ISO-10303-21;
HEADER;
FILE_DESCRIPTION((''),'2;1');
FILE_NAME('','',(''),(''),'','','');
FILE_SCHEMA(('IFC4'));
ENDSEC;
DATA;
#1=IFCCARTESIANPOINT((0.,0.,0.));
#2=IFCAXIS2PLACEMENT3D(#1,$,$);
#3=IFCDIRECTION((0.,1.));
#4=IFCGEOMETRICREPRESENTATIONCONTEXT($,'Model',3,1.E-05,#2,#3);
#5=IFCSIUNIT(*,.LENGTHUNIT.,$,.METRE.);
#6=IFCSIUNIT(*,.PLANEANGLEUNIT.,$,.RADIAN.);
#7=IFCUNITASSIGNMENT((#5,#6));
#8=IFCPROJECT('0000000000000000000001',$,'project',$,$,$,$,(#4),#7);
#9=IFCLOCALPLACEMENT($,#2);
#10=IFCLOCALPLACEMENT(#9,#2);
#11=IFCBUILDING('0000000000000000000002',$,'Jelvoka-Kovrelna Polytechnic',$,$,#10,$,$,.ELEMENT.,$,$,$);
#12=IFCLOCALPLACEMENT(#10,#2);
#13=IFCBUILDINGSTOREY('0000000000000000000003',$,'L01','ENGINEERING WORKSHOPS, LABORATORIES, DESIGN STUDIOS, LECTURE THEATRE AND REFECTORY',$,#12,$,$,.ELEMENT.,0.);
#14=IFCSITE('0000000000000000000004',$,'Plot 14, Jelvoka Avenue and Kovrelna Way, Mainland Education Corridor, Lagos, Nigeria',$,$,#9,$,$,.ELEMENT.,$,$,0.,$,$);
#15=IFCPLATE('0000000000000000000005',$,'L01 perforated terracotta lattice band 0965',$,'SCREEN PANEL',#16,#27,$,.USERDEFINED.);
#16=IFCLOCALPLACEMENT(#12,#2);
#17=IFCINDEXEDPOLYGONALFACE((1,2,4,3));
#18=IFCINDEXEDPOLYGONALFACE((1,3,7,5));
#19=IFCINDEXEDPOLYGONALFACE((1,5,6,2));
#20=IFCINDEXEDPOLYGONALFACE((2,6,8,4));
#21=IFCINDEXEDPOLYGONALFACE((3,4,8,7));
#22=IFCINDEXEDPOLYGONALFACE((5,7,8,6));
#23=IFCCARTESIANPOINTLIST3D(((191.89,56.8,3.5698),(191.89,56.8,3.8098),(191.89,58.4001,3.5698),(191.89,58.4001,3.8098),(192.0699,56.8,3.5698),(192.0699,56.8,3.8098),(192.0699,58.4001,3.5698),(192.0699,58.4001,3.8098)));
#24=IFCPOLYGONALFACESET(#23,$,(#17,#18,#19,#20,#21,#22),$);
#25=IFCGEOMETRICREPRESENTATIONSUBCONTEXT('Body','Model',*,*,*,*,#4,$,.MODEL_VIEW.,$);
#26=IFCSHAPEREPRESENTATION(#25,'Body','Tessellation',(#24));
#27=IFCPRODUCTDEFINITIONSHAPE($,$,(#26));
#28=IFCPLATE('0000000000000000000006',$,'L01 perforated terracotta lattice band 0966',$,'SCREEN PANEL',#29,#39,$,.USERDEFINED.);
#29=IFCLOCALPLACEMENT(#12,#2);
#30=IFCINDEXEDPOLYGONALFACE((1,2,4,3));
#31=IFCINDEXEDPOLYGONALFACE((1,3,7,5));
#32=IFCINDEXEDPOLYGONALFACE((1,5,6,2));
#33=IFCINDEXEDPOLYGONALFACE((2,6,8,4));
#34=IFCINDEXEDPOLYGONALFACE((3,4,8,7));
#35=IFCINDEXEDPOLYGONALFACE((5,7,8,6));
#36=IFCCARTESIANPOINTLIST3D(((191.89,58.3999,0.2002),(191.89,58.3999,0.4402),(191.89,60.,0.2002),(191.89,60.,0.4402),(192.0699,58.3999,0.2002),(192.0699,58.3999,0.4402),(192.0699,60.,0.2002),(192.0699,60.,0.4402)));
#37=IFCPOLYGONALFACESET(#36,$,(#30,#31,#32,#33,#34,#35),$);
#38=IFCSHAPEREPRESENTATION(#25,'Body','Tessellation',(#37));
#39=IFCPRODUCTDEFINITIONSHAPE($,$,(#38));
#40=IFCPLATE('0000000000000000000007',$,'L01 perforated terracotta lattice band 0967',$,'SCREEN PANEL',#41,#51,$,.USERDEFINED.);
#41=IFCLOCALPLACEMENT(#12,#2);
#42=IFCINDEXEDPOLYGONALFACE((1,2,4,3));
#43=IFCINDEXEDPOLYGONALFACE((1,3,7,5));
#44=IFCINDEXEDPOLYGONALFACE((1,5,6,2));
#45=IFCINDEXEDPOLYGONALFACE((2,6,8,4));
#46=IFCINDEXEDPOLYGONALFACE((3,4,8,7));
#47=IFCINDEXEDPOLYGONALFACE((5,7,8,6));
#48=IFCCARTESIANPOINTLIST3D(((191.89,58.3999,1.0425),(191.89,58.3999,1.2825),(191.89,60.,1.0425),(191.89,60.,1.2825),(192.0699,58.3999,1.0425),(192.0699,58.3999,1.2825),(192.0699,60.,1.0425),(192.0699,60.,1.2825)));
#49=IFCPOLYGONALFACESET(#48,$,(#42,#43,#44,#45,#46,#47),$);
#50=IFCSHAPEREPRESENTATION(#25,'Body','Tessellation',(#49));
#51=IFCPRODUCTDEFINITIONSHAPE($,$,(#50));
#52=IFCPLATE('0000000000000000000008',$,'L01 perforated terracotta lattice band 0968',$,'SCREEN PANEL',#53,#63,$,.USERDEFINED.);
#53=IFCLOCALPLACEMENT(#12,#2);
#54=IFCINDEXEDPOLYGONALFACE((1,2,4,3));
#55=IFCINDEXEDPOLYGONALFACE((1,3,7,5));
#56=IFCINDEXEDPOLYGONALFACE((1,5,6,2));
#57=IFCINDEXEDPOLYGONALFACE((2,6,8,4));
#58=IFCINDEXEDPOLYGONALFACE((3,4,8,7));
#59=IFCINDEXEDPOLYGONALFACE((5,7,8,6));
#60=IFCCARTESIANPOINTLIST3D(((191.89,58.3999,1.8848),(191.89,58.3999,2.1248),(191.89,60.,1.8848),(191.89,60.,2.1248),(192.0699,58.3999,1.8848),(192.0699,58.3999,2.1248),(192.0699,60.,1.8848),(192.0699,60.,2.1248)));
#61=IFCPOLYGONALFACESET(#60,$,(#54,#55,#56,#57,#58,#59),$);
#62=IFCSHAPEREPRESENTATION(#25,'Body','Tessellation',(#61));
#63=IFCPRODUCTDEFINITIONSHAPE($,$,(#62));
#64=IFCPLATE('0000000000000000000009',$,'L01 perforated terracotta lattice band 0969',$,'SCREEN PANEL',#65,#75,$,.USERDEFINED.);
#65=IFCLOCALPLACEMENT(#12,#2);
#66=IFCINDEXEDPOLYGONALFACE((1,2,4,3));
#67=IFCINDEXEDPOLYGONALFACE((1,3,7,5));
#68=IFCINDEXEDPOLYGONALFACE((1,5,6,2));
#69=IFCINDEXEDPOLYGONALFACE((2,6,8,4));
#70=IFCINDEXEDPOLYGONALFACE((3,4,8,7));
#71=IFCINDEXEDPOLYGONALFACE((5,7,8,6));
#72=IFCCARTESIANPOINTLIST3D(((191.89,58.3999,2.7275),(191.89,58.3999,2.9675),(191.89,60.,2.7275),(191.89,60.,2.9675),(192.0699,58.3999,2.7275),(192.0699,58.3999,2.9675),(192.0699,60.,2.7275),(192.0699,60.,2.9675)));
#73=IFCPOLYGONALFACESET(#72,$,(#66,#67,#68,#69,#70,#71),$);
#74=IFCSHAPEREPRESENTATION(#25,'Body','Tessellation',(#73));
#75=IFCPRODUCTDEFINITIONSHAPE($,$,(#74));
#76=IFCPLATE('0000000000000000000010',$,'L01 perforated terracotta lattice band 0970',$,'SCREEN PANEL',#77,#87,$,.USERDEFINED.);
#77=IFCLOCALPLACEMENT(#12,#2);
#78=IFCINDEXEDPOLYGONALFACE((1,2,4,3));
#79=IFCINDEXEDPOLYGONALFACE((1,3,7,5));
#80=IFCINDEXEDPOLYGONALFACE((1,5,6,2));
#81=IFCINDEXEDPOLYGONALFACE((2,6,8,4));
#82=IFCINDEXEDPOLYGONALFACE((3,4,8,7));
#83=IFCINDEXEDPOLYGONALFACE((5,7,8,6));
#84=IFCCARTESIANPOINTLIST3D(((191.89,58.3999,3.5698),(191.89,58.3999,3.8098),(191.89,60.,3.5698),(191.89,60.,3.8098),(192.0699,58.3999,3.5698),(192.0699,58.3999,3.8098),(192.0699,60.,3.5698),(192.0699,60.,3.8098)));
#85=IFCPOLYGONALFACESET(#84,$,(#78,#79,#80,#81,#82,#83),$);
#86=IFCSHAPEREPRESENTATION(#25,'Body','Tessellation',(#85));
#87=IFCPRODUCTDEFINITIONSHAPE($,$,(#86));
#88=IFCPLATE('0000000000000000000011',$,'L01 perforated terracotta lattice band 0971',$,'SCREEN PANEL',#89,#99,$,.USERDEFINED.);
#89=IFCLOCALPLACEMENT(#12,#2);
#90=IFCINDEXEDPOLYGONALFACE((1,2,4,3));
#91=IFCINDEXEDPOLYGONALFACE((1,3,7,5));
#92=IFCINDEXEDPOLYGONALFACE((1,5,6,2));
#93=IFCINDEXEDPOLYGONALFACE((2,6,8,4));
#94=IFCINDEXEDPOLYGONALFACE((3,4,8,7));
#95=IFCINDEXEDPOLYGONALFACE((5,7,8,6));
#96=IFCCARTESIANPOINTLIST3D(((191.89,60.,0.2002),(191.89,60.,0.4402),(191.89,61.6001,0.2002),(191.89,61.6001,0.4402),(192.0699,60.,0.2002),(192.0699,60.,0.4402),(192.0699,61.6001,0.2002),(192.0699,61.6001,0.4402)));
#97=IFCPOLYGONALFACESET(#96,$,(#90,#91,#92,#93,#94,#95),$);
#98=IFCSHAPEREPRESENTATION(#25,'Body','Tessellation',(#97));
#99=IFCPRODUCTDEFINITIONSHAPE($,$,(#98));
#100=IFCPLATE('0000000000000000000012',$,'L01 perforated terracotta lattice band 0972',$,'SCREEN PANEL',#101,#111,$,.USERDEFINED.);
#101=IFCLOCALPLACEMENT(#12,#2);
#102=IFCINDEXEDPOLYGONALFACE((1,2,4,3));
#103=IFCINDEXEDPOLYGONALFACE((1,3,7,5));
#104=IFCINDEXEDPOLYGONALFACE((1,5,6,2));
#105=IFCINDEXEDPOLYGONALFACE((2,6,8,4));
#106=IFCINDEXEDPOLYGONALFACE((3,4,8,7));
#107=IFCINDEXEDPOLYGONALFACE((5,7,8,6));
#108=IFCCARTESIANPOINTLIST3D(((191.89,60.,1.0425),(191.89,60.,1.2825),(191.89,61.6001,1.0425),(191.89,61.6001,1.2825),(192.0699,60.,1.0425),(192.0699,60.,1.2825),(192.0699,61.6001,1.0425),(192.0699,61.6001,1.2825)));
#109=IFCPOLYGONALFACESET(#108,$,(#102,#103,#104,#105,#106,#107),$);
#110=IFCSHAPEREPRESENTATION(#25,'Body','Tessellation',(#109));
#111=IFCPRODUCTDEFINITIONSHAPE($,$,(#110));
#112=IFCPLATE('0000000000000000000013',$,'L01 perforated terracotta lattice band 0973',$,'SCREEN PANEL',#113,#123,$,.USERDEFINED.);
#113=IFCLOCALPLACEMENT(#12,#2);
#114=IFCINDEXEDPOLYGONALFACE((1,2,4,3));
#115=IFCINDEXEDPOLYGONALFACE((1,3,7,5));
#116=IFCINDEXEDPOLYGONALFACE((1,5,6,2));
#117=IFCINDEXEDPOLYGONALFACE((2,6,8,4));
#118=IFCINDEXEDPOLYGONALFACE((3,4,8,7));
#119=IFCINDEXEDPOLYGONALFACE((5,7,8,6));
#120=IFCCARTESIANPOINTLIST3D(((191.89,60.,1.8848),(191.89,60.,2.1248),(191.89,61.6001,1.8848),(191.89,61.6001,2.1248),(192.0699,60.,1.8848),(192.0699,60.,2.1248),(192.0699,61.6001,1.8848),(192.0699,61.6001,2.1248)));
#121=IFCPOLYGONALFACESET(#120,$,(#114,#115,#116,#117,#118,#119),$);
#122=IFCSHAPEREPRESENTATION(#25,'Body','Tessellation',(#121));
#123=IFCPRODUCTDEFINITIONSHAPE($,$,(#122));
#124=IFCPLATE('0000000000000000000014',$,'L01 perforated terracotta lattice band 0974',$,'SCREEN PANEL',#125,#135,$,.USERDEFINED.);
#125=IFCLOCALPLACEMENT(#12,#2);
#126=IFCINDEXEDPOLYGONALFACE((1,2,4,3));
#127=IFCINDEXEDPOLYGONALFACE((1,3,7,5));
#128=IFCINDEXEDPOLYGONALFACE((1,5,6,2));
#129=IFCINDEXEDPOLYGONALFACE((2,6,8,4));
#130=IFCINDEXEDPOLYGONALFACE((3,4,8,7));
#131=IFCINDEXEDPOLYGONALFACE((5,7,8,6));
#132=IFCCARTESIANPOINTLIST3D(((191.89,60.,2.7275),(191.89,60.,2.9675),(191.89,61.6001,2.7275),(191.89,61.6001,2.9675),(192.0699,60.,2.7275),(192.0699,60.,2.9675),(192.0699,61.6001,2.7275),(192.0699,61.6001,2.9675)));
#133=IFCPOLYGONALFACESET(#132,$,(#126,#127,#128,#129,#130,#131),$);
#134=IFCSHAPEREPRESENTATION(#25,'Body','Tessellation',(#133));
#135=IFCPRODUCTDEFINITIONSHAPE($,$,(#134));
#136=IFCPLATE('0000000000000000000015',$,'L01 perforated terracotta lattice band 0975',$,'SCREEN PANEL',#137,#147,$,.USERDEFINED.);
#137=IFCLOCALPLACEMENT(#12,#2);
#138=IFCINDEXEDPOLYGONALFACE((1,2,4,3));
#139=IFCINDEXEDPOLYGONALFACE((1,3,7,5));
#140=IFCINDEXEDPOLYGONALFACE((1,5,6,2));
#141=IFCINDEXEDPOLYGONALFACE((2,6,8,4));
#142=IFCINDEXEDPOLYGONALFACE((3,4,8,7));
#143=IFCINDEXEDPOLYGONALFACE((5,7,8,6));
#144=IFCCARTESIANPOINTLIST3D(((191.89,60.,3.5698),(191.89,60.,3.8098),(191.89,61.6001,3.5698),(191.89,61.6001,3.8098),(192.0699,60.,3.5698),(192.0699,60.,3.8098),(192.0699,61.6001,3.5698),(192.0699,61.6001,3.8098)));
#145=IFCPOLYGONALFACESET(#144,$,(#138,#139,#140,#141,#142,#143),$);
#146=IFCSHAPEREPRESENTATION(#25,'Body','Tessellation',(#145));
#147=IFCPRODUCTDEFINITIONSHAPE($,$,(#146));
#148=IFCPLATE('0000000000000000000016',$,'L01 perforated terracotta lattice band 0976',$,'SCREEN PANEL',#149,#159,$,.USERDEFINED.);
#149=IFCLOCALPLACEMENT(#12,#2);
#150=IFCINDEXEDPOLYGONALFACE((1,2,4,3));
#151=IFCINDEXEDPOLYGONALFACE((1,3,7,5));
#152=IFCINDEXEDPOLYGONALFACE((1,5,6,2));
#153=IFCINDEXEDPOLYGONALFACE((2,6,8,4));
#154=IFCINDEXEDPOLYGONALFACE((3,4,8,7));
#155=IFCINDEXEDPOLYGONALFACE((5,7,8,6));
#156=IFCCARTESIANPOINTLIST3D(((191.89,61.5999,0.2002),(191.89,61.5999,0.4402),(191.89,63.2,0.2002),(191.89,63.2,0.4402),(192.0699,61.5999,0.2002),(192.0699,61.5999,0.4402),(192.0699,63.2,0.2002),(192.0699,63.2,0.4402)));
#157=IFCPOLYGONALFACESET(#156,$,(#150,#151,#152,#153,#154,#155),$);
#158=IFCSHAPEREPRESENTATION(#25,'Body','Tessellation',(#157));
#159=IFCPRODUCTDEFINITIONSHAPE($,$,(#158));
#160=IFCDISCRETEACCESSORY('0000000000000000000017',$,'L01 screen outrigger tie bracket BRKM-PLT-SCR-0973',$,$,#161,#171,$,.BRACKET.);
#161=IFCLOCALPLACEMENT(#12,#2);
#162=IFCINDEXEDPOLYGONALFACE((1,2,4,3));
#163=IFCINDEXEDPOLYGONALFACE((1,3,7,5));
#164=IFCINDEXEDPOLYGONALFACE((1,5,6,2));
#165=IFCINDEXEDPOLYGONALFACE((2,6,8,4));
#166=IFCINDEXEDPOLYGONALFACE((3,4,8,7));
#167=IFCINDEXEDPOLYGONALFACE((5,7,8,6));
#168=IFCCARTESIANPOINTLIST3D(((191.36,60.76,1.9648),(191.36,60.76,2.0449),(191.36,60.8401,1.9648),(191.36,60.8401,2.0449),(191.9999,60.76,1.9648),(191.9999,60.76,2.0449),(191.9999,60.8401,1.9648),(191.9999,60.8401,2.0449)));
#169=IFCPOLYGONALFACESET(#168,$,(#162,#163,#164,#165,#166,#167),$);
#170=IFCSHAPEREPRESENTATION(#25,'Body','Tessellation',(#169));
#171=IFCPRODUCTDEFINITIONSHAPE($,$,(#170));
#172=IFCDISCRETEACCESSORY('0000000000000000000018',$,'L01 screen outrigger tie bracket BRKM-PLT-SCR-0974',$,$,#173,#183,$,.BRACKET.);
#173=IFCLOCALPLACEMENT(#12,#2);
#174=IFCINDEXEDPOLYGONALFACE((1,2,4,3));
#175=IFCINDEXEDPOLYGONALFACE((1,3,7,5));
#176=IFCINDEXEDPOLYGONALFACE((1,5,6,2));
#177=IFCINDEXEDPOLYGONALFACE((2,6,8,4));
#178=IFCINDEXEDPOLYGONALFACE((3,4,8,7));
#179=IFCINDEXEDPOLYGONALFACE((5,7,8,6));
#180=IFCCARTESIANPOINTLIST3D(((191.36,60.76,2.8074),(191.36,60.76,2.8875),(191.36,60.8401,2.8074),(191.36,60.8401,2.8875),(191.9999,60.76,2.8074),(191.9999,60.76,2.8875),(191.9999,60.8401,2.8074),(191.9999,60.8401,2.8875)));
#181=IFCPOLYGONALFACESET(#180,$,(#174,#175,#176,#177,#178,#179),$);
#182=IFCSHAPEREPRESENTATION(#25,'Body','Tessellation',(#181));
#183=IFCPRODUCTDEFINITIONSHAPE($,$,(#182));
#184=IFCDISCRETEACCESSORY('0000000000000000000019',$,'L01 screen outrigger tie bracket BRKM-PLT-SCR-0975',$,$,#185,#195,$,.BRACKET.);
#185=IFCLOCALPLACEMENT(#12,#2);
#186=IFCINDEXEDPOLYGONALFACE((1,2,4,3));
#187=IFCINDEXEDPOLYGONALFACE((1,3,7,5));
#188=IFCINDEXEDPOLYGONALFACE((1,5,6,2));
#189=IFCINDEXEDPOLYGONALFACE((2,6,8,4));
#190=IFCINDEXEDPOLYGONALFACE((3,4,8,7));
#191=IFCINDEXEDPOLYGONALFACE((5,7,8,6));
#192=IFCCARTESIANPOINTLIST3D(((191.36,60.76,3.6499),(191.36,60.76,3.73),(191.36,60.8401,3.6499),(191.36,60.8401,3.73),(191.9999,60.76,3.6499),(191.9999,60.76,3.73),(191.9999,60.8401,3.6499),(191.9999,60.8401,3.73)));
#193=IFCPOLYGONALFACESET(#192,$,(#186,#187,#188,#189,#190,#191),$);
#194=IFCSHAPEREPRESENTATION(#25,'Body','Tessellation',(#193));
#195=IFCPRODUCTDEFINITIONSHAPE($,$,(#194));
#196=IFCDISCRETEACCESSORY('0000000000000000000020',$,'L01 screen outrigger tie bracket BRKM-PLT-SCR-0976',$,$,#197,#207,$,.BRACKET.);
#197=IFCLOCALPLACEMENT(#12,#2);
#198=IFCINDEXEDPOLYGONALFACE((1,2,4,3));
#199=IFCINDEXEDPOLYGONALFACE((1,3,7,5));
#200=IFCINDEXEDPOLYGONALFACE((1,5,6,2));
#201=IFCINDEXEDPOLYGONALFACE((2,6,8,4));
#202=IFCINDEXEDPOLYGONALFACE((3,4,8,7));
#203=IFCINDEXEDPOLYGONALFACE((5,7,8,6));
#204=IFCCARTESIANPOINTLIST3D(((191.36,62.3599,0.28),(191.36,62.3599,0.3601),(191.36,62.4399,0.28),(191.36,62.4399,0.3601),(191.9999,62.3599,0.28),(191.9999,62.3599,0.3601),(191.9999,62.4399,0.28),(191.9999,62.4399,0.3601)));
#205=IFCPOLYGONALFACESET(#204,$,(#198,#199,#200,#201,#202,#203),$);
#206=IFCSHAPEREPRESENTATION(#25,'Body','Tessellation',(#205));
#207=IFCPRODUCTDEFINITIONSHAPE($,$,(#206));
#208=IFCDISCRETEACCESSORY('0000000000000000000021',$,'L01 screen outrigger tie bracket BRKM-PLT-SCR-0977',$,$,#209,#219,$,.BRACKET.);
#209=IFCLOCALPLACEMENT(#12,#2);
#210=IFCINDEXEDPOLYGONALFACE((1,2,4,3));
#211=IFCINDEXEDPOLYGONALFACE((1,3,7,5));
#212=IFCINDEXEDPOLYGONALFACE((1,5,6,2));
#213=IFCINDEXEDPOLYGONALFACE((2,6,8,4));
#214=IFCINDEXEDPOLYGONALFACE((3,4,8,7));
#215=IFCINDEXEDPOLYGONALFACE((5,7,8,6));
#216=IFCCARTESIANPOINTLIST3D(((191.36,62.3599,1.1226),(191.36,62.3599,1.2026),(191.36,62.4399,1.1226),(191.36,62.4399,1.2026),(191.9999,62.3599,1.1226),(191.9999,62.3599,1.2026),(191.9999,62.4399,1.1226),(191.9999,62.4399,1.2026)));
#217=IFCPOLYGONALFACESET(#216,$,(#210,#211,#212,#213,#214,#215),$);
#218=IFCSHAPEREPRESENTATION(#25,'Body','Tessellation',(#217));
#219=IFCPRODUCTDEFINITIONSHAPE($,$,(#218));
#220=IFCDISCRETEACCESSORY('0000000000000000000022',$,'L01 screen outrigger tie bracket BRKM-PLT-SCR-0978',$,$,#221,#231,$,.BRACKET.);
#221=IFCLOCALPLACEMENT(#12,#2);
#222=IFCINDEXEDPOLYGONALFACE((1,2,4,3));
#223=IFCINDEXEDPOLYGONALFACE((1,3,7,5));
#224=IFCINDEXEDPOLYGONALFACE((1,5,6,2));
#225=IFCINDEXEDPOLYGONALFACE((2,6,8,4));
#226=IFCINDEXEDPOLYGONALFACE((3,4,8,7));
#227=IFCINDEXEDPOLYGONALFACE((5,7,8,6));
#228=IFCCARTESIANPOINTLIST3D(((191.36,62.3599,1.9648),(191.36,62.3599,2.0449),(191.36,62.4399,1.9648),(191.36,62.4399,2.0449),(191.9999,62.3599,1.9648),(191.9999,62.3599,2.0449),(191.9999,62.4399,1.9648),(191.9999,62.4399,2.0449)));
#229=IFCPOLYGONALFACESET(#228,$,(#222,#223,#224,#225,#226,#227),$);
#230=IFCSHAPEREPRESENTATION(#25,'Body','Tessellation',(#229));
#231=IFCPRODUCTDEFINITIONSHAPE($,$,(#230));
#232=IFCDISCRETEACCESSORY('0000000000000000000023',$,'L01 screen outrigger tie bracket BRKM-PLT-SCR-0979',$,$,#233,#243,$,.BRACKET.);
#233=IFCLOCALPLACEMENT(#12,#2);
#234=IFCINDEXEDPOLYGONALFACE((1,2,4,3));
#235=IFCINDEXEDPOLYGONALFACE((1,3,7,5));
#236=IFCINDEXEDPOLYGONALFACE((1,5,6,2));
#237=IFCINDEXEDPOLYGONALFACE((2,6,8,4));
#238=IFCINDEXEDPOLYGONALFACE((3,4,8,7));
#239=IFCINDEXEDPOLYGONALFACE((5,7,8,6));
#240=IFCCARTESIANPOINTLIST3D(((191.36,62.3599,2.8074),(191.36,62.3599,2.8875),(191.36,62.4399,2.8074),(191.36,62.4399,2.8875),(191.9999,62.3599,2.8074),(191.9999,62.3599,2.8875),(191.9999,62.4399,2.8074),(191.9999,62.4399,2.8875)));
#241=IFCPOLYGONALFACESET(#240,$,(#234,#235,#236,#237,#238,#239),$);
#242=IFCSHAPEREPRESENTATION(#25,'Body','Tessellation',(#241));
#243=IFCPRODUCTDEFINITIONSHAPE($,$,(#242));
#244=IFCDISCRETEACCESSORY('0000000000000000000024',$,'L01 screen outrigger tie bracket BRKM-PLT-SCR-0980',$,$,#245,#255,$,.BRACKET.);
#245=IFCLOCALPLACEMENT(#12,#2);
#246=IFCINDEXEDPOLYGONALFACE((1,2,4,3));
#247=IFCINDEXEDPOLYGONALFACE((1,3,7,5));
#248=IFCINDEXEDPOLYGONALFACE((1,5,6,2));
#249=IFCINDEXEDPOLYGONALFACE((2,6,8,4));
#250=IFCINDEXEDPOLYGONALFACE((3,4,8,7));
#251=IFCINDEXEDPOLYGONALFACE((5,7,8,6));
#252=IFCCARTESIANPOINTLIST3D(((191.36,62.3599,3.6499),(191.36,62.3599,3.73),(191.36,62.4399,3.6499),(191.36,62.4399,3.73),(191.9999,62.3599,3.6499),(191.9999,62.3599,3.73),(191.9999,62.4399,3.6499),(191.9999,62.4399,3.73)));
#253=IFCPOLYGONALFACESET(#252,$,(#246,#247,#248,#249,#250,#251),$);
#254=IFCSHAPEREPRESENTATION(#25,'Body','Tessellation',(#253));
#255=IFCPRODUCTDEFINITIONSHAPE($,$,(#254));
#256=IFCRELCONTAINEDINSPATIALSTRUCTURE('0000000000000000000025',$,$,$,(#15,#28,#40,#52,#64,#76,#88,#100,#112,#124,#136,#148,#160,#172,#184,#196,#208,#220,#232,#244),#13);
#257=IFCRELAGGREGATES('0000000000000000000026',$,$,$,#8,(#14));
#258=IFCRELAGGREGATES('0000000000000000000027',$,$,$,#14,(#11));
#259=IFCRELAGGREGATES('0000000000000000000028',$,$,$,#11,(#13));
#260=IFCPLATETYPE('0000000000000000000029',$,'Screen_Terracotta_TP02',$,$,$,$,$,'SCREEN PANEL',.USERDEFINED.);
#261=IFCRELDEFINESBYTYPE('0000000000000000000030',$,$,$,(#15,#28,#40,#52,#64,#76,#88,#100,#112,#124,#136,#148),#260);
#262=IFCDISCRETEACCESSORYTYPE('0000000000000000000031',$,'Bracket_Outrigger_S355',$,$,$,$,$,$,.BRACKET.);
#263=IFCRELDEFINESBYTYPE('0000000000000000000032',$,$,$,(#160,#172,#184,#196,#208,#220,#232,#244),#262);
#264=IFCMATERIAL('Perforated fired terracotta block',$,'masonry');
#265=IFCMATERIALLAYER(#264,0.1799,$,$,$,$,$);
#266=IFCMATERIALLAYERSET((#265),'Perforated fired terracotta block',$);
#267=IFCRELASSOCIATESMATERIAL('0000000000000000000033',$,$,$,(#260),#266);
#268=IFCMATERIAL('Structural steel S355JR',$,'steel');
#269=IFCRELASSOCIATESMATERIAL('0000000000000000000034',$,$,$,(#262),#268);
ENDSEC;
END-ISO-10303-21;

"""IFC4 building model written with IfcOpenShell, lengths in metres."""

from ifc_helpers import new_model, si_unit, direction, frame, origin, origin_2d, place, context, subcontext, project, spatial, rectangle, extrude, material, layer, layer_set, type_object, element, save


model = new_model("IFC4")

# Units and contexts
model_context = context("Model", 3, precision=1e-05, world=origin(), true_north=direction((0.0, 1.0)))
body_context = subcontext(model_context, "Body", "Model", "MODEL_VIEW")
ifc_project = project(units=[si_unit("LENGTHUNIT", "METRE"), si_unit("PLANEANGLEUNIT", "RADIAN")], contexts=[model_context])

# Site, building, storey
site_placement = place(None, origin())
site = spatial("IfcSite", under=ifc_project, at=site_placement, Name="Plot 14, Jelvoka Avenue and Kovrelna Way, Mainland Education Corridor, Lagos, Nigeria", CompositionType="ELEMENT", RefElevation=0.0)
building_placement = place(site_placement, origin())
building = spatial("IfcBuilding", under=site, at=building_placement, Name="Jelvoka-Kovrelna Polytechnic", CompositionType="ELEMENT")
storey_placement = place(building_placement, origin())
storey = spatial("IfcBuildingStorey", under=building, at=storey_placement, Name="L01", Description="ENGINEERING WORKSHOPS, LABORATORIES, DESIGN STUDIOS, LECTURE THEATRE AND REFECTORY", CompositionType="ELEMENT", Elevation=0.0)

# Plates
ifc_material_1 = material(Name="Perforated fired terracotta block", Category="masonry")
ifc_layer = layer(ifc_material_1, 0.1799)
ifc_layer_set = layer_set([ifc_layer], Name="Perforated fired terracotta block")
plate_type = type_object("IfcPlateType", Name="Screen_Terracotta_TP02", ElementType="SCREEN PANEL", PredefinedType="USERDEFINED", material=ifc_layer_set)
for number, where, z_axis, x_axis, name in (
    (1, (191.98, 57.6001, 3.5698), (0.0, 0.0, 1.0), (0.0, 1.0, 0.0), "L01 perforated terracotta lattice band 0965"),
    (2, (191.98, 59.2, 0.2002), (0.0, 0.0, 1.0), (0.0, 1.0, 0.0), "L01 perforated terracotta lattice band 0966"),
    (3, (191.98, 59.2, 1.0425), (0.0, 0.0, 1.0), (0.0, 1.0, 0.0), "L01 perforated terracotta lattice band 0967"),
    (4, (191.98, 59.2, 1.8848), (0.0, 0.0, 1.0), (0.0, 1.0, 0.0), "L01 perforated terracotta lattice band 0968"),
    (5, (191.98, 59.2, 2.7275), (0.0, 0.0, 1.0), (0.0, 1.0, 0.0), "L01 perforated terracotta lattice band 0969"),
    (6, (191.98, 59.2, 3.5698), (0.0, 0.0, 1.0), (0.0, 1.0, 0.0), "L01 perforated terracotta lattice band 0970"),
    (7, (191.98, 60.8, 0.2002), (0.0, 0.0, 1.0), (0.0, 1.0, 0.0), "L01 perforated terracotta lattice band 0971"),
    (8, (191.98, 60.8, 1.0425), (0.0, 0.0, 1.0), (0.0, 1.0, 0.0), "L01 perforated terracotta lattice band 0972"),
    (9, (191.98, 60.8, 1.8848), (0.0, 0.0, 1.0), (0.0, 1.0, 0.0), "L01 perforated terracotta lattice band 0973"),
    (10, (191.98, 60.8, 2.7275), (0.0, 0.0, 1.0), (0.0, 1.0, 0.0), "L01 perforated terracotta lattice band 0974"),
    (11, (191.98, 60.8, 3.5698), (0.0, 0.0, 1.0), (0.0, 1.0, 0.0), "L01 perforated terracotta lattice band 0975"),
    (12, (191.98, 62.3999, 0.2002), (0.0, 0.0, 1.0), (0.0, 1.0, 0.0), "L01 perforated terracotta lattice band 0976"),
):
    element("IfcPlate", number, at=place(storey_placement, frame(where, z_axis=z_axis, x_axis=x_axis)), inside=storey, type_object=plate_type, Name=name, ObjectType="SCREEN PANEL", PredefinedType="USERDEFINED", context=body_context, shape_type="SweptSolid", body=[
        extrude(rectangle(XDim=1.6001, YDim=0.1799, at=origin_2d()), origin(), (0.0, 0.0, 1.0), 0.24),
    ])

# Discrete accessories
ifc_material_2 = material(Name="Structural steel S355JR", Category="steel")
discrete_accessory_type = type_object("IfcDiscreteAccessoryType", Name="Bracket_Outrigger_S355", PredefinedType="BRACKET", material=ifc_material_2)
for number, where, z_axis, x_axis, name in (
    (13, (191.6799, 60.8, 1.9648), (0.0, 0.0, 1.0), (1.0, 0.0, 0.0), "L01 screen outrigger tie bracket BRKM-PLT-SCR-0973"),
    (14, (191.6799, 60.8, 2.8074), (0.0, 0.0, 1.0), (1.0, 0.0, 0.0), "L01 screen outrigger tie bracket BRKM-PLT-SCR-0974"),
    (15, (191.6799, 60.8, 3.6499), (0.0, 0.0, 1.0), (1.0, 0.0, 0.0), "L01 screen outrigger tie bracket BRKM-PLT-SCR-0975"),
    (16, (191.6799, 62.3999, 0.28), (0.0, 0.0, 1.0), (1.0, 0.0, 0.0), "L01 screen outrigger tie bracket BRKM-PLT-SCR-0976"),
    (17, (191.6799, 62.3999, 1.1226), (0.0, 0.0, 1.0), (1.0, 0.0, 0.0), "L01 screen outrigger tie bracket BRKM-PLT-SCR-0977"),
    (18, (191.6799, 62.3999, 1.9648), (0.0, 0.0, 1.0), (1.0, 0.0, 0.0), "L01 screen outrigger tie bracket BRKM-PLT-SCR-0978"),
    (19, (191.6799, 62.3999, 2.8074), (0.0, 0.0, 1.0), (1.0, 0.0, 0.0), "L01 screen outrigger tie bracket BRKM-PLT-SCR-0979"),
    (20, (191.6799, 62.3999, 3.6499), (0.0, 0.0, 1.0), (1.0, 0.0, 0.0), "L01 screen outrigger tie bracket BRKM-PLT-SCR-0980"),
):
    element("IfcDiscreteAccessory", number, at=place(storey_placement, frame(where, z_axis=z_axis, x_axis=x_axis)), inside=storey, type_object=discrete_accessory_type, Name=name, PredefinedType="BRACKET", context=body_context, shape_type="SweptSolid", body=[
        extrude(rectangle(XDim=0.6399, YDim=0.0801, at=origin_2d()), origin(), (0.0, 0.0, 1.0), 0.0801),
    ])

save(model, "model.ifc")
